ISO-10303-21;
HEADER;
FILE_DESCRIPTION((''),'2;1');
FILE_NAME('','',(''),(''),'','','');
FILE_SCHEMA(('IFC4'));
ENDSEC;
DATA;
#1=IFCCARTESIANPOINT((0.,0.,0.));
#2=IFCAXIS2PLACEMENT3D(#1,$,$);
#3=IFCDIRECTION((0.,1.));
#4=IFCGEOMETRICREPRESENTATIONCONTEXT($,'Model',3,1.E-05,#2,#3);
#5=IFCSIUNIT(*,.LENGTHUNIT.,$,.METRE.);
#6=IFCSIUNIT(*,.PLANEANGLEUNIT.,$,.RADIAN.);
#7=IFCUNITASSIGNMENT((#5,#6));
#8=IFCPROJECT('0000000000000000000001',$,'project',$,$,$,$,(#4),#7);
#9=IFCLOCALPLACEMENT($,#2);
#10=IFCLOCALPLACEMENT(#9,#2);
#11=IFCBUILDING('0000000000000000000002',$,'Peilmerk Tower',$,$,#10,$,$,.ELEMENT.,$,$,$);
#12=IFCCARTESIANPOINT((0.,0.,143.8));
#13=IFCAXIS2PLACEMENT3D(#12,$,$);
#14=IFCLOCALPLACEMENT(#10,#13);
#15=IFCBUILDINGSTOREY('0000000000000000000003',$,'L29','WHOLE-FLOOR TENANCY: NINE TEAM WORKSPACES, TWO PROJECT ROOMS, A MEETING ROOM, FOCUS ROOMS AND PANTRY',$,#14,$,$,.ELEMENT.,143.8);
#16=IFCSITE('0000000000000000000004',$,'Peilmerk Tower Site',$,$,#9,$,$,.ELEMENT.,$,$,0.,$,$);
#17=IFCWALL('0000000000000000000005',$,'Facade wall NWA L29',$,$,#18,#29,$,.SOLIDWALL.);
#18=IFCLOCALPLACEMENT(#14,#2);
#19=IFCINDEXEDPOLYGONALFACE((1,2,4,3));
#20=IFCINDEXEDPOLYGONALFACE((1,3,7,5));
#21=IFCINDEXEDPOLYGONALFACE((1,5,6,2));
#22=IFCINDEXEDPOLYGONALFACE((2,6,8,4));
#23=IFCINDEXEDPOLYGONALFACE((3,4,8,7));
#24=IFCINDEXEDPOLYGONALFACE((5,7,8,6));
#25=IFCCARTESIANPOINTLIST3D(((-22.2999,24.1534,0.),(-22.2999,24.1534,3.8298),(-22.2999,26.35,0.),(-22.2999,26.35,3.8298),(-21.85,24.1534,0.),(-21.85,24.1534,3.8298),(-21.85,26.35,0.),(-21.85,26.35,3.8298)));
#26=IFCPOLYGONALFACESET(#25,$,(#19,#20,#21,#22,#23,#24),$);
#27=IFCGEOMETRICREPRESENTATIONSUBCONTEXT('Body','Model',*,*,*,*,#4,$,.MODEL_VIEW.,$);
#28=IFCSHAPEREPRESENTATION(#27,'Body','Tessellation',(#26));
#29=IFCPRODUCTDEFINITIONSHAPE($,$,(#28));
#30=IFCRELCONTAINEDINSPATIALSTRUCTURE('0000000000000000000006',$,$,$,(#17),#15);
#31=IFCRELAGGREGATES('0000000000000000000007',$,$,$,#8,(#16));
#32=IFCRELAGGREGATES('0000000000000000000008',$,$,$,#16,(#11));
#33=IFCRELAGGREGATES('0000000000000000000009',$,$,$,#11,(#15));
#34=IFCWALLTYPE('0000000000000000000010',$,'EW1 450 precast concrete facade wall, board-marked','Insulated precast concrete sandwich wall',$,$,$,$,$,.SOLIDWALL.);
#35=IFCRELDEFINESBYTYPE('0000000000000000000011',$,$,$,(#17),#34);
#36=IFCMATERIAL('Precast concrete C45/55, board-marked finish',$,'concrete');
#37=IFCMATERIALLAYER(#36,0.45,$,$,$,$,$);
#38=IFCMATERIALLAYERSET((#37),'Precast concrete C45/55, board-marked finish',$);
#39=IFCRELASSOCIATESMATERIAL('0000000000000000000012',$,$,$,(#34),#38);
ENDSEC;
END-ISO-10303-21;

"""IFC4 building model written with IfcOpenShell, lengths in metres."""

from ifc_helpers import new_model, si_unit, direction, frame, frame_2d, origin, place, context, subcontext, project, spatial, rectangle, extrude, material, layer, layer_set, type_object, element, save


model = new_model("IFC4")

# Units and contexts
model_context = context("Model", 3, precision=1e-05, world=origin(), true_north=direction((0.0, 1.0)))
body_context = subcontext(model_context, "Body", "Model", "MODEL_VIEW")
ifc_project = project(units=[si_unit("LENGTHUNIT", "METRE"), si_unit("PLANEANGLEUNIT", "RADIAN")], contexts=[model_context])

# Site, building, storey
site_placement = place(None, origin())
site = spatial("IfcSite", under=ifc_project, at=site_placement, Name="Peilmerk Tower Site", CompositionType="ELEMENT", RefElevation=0.0)
building_placement = place(site_placement, origin())
building = spatial("IfcBuilding", under=site, at=building_placement, Name="Peilmerk Tower", CompositionType="ELEMENT")
storey_placement = place(building_placement, frame((0.0, 0.0, 143.8)))
storey = spatial("IfcBuildingStorey", under=building, at=storey_placement, Name="L29", Description="WHOLE-FLOOR TENANCY: NINE TEAM WORKSPACES, TWO PROJECT ROOMS, A MEETING ROOM, FOCUS ROOMS AND PANTRY", CompositionType="ELEMENT", Elevation=143.8)

# Wall
ifc_material_1 = material(Name="Precast concrete C45/55, board-marked finish", Category="concrete")
ifc_layer_1 = layer(ifc_material_1, 0.45)
ifc_layer_set_1 = layer_set([ifc_layer_1], Name="Precast concrete C45/55, board-marked finish")
wall_type = type_object("IfcWallType", Name="EW1 450 precast concrete facade wall, board-marked", Description="Insulated precast concrete sandwich wall", PredefinedType="SOLIDWALL", material=ifc_layer_set_1)
wall_placement = place(storey_placement, frame((-22.075, 24.1536, 0.0), z_axis=(0.0, 0.0, 1.0), x_axis=(0.0, 1.0, 0.0)))
element("IfcWall", 1, at=wall_placement, inside=storey, type_object=wall_type, Name="Facade wall NWA L29", PredefinedType="SOLIDWALL", context=body_context, shape_type="SweptSolid", body=[
    extrude(rectangle(XDim=2.1965, YDim=0.45, at=frame_2d((1.0981, 0.0))), origin(), (0.0, 0.0, 1.0), 3.8298),
])

save(model, "model.ifc")
